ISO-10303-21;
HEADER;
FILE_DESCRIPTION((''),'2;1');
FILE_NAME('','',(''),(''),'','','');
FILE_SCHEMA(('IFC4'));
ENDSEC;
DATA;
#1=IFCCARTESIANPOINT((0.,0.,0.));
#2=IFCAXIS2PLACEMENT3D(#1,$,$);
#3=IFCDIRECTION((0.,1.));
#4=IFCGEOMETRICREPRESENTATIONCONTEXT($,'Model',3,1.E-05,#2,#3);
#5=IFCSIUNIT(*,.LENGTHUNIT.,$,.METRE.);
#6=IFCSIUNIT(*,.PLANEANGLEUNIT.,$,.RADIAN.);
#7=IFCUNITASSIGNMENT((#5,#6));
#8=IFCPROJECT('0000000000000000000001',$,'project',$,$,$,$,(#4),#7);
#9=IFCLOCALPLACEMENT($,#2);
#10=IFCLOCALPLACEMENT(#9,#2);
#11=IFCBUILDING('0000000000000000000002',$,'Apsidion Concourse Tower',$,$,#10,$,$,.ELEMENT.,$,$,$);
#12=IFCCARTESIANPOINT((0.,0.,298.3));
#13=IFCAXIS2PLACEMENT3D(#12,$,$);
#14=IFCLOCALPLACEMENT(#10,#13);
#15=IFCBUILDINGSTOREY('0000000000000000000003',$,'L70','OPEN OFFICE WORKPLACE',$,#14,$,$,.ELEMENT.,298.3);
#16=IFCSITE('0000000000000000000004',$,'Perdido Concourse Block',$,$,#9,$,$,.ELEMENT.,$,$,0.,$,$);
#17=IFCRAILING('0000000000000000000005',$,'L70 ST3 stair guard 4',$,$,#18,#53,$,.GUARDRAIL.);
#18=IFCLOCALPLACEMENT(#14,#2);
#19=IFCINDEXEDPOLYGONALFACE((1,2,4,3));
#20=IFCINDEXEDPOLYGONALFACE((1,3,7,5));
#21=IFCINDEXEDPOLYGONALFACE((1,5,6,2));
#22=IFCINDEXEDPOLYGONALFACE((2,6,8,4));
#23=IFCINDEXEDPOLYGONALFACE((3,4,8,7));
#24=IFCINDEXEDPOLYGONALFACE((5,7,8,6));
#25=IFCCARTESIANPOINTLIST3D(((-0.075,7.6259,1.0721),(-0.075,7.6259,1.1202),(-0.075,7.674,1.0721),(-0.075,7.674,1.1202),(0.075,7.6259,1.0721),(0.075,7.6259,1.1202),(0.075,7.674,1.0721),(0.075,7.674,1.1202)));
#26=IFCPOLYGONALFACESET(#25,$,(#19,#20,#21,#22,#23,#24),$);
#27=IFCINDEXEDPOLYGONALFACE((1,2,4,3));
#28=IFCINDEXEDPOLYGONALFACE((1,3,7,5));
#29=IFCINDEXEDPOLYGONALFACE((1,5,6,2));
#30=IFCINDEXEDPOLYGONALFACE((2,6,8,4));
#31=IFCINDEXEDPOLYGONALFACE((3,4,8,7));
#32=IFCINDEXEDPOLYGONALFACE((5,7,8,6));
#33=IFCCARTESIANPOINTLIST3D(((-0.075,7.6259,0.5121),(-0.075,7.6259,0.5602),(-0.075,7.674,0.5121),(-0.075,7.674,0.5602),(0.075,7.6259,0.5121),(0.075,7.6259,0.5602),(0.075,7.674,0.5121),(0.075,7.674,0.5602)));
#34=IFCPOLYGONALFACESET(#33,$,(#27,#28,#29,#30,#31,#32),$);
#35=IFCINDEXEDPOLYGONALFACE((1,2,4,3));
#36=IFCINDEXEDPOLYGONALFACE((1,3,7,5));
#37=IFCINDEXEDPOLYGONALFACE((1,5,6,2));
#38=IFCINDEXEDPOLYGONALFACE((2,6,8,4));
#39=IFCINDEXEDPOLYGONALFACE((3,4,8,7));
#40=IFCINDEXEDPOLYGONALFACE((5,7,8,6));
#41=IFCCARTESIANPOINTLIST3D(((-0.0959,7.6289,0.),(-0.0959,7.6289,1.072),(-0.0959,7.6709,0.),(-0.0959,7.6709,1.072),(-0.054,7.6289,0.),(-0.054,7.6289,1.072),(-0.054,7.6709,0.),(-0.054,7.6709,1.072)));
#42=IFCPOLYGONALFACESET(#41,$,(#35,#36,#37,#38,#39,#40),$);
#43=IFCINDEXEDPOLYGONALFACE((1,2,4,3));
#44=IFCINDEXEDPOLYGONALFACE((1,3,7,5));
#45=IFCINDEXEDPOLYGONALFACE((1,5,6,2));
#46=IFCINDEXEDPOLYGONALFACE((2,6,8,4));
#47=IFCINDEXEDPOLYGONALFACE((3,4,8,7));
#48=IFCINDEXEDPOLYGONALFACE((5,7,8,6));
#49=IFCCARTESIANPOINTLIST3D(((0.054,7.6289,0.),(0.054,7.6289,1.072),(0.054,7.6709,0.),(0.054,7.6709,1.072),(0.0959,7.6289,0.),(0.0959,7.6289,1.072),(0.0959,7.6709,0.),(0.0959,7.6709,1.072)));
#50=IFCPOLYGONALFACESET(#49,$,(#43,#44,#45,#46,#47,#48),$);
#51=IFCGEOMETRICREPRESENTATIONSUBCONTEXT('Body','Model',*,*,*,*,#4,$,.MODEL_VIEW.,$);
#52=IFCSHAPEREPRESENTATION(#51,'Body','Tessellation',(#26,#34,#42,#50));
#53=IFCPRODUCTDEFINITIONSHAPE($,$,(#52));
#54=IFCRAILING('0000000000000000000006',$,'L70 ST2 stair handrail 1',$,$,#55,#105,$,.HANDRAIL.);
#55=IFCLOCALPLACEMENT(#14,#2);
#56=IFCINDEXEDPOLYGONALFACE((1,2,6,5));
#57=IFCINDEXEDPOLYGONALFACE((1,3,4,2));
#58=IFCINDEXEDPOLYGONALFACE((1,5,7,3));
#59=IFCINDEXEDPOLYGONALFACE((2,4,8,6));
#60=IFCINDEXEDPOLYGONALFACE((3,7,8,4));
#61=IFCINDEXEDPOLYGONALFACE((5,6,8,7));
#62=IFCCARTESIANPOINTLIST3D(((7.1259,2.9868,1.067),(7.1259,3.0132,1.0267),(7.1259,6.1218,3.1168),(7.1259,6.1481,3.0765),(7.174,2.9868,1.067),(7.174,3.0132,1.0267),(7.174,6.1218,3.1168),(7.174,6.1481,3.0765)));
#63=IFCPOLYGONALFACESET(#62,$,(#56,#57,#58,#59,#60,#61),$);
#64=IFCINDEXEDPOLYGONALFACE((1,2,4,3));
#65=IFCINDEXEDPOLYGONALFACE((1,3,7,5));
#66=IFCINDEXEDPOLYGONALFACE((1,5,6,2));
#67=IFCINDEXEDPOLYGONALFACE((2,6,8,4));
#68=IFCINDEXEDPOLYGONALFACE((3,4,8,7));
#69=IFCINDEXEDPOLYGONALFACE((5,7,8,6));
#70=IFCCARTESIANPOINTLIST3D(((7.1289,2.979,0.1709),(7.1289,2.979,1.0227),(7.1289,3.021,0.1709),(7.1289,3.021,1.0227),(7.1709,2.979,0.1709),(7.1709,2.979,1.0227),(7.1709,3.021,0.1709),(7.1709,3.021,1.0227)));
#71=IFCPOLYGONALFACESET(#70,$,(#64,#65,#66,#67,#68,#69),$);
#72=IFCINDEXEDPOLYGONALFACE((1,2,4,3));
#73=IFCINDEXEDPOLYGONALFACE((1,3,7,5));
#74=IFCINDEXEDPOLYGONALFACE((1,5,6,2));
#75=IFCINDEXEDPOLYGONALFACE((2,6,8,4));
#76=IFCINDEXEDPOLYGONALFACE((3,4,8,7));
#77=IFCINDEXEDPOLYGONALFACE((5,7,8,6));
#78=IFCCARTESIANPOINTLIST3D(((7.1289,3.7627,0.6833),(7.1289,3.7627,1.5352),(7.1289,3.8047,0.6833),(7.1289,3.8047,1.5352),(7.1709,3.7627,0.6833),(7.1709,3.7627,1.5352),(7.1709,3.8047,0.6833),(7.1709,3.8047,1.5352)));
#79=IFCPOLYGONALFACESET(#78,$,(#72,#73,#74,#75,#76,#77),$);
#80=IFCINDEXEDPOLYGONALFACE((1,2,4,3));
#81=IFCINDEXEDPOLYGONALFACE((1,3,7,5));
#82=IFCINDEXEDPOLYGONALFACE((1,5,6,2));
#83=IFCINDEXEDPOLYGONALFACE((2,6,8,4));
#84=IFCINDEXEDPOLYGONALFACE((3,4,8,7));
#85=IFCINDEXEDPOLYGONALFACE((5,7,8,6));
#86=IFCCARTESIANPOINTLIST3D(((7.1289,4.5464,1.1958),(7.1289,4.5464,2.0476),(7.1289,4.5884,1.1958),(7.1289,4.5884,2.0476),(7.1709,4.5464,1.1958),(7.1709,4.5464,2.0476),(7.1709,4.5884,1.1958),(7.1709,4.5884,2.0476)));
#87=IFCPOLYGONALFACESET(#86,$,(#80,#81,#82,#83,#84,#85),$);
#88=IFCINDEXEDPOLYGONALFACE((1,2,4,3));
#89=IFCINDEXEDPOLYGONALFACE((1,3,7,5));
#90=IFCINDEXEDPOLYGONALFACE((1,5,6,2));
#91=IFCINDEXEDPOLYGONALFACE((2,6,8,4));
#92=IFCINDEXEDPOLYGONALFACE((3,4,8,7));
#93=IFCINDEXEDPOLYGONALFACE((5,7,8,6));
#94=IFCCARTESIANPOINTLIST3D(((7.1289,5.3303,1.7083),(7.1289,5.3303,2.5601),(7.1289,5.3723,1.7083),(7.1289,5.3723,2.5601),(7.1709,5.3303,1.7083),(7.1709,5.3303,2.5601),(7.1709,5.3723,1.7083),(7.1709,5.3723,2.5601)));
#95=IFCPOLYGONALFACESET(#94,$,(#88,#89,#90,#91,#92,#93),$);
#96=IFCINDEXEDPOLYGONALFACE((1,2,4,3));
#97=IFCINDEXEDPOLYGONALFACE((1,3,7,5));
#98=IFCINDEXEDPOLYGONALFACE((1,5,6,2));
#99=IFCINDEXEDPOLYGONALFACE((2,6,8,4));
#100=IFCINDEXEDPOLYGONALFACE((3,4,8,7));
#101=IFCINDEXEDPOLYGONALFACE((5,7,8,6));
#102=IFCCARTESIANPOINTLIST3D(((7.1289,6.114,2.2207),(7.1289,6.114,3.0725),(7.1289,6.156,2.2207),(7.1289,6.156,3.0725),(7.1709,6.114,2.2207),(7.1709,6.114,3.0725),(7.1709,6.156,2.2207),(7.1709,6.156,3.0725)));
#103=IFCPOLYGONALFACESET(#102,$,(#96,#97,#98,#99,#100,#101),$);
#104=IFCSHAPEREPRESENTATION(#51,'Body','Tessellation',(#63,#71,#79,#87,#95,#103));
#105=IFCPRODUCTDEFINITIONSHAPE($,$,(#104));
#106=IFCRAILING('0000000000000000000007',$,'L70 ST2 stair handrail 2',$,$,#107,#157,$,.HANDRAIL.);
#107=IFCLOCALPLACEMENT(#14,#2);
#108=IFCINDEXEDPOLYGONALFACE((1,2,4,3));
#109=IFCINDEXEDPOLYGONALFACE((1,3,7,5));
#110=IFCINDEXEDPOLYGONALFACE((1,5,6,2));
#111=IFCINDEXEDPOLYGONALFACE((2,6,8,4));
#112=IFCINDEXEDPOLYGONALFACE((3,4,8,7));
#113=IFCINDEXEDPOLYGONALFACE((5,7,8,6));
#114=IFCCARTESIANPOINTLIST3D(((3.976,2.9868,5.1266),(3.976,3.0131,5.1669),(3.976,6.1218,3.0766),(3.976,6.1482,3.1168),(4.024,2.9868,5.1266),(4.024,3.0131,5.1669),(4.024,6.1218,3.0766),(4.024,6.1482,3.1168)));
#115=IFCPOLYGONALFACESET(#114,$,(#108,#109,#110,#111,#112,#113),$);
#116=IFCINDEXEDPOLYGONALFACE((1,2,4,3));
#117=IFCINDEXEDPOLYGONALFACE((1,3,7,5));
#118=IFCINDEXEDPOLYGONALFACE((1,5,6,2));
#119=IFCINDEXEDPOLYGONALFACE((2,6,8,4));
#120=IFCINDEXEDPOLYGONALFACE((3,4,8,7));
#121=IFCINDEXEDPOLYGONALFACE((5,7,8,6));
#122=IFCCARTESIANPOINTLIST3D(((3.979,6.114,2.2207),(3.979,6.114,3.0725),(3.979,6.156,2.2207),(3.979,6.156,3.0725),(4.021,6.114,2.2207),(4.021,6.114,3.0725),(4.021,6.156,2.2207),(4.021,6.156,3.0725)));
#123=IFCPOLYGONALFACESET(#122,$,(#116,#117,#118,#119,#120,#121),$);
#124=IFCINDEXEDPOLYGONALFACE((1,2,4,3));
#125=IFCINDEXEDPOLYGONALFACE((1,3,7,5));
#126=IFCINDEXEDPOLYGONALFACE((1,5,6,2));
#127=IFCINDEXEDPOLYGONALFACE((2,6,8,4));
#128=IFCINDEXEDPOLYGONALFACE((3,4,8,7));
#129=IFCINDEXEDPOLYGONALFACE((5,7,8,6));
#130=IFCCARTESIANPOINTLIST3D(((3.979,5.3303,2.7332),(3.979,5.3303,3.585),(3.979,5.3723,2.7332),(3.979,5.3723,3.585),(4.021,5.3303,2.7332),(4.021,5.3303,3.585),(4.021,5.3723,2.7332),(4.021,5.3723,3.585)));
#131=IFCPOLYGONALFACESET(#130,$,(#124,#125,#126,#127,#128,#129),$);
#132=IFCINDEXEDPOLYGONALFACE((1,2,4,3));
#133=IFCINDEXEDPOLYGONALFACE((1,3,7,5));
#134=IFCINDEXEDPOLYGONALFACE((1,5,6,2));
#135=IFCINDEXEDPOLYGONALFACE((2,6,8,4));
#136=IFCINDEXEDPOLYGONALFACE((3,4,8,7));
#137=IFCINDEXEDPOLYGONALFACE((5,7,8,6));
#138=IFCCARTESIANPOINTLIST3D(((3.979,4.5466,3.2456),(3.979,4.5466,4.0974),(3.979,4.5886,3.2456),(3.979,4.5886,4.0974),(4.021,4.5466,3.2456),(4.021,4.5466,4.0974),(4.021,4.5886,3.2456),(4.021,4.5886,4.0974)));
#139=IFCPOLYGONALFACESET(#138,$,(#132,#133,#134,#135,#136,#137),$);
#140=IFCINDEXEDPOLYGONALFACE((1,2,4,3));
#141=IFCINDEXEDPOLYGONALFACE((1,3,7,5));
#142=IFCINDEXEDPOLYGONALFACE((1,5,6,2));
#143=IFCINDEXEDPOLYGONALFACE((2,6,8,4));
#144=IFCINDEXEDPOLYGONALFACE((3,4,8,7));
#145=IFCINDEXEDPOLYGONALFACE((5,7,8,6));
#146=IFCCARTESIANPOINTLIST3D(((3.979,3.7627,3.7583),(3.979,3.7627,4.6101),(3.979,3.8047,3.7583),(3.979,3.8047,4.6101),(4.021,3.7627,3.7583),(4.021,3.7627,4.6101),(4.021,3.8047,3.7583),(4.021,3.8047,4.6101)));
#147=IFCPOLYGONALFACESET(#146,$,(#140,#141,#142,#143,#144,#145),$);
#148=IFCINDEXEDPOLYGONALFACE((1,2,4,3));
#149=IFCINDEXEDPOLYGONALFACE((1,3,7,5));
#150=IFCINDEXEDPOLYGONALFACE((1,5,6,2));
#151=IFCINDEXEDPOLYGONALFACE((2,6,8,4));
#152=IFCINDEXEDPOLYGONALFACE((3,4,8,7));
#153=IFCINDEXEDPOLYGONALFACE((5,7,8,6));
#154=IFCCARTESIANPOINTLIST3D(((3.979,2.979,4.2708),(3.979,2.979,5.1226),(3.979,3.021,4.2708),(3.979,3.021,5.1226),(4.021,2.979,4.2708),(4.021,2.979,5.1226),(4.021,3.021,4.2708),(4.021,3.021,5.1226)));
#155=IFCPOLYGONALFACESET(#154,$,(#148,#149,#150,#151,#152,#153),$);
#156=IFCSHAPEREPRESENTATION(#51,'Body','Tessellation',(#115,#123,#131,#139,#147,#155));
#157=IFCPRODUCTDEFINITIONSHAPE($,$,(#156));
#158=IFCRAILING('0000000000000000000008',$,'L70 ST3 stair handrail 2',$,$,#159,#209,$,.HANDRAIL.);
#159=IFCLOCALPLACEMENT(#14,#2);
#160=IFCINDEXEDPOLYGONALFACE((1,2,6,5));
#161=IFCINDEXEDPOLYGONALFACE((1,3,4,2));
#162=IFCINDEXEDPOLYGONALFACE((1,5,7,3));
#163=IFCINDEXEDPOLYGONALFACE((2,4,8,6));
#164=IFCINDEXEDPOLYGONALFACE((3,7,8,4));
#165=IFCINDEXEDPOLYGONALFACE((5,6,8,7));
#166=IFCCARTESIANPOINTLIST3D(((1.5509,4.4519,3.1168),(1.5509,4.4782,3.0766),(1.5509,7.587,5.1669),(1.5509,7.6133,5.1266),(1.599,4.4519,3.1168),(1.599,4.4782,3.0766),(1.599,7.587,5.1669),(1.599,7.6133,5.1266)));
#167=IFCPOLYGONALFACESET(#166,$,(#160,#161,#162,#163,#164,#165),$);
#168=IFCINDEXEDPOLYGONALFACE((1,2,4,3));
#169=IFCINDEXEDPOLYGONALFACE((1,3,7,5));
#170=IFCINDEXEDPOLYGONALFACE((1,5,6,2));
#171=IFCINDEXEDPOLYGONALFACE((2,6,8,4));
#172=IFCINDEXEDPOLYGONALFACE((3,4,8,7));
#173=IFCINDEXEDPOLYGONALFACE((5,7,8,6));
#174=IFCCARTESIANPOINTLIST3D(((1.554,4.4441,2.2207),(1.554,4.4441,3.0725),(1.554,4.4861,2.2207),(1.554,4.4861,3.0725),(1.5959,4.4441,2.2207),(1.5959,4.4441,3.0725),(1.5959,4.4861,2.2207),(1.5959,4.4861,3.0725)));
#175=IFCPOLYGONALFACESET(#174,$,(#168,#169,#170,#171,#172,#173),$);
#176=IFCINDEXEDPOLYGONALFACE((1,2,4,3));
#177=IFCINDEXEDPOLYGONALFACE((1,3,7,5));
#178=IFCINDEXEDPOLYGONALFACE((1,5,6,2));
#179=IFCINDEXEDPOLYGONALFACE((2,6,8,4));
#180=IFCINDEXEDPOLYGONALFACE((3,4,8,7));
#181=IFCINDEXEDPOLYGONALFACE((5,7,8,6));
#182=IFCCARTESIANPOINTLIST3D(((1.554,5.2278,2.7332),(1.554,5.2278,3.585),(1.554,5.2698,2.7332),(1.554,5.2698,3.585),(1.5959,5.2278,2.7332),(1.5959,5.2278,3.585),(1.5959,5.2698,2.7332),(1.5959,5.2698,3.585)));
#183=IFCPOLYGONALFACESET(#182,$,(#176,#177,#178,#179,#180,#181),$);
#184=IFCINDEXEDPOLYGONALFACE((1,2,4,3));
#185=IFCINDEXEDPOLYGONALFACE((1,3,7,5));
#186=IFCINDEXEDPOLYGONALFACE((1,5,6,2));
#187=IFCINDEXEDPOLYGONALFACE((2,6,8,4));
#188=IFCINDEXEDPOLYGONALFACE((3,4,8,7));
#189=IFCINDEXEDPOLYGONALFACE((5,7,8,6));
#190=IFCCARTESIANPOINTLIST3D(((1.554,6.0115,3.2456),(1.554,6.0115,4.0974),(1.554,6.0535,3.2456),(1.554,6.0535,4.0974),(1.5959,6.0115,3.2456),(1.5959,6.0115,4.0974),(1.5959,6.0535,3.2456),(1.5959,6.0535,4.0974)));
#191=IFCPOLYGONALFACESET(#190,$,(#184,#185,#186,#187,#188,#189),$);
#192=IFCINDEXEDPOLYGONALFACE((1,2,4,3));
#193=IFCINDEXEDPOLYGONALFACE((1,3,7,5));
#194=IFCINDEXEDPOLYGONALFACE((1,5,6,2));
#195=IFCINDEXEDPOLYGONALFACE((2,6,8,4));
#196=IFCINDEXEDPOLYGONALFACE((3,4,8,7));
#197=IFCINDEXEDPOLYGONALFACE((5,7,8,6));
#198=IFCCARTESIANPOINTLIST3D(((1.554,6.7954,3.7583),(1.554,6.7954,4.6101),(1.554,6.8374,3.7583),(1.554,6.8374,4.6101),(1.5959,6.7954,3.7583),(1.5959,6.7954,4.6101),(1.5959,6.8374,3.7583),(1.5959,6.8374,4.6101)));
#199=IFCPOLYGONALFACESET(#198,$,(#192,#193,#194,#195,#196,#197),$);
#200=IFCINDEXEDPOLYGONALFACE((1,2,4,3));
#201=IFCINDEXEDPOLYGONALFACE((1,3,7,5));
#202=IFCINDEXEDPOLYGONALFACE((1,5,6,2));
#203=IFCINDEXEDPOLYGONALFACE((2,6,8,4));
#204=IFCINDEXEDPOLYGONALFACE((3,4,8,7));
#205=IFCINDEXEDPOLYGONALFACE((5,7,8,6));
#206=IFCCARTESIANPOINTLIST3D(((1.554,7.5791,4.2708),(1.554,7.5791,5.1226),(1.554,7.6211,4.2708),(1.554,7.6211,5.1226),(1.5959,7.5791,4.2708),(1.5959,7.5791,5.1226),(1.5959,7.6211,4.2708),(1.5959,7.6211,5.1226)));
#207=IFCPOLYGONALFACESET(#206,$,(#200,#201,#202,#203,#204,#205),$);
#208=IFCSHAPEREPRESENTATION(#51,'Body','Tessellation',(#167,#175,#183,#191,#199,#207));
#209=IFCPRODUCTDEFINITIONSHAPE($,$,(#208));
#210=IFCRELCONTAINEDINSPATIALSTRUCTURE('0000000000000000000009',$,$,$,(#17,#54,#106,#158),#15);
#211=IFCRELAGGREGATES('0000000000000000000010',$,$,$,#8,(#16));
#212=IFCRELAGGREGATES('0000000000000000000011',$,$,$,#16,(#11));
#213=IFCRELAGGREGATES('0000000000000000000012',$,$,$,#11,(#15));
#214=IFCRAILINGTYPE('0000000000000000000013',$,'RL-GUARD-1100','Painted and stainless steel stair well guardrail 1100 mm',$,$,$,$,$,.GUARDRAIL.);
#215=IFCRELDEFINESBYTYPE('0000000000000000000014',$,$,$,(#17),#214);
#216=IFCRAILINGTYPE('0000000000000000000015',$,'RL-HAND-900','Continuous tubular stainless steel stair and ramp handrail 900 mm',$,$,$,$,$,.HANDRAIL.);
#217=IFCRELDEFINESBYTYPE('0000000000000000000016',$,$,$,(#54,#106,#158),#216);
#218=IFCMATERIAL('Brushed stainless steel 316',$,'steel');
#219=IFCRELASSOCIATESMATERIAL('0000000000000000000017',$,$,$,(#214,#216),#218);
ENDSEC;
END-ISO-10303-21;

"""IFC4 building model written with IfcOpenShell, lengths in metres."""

from ifc_helpers import new_model, si_unit, direction, frame, origin, origin_2d, place, context, subcontext, project, spatial, rectangle, extrude, material, type_object, element, save


model = new_model("IFC4")

# Units and contexts
model_context = context("Model", 3, precision=1e-05, world=origin(), true_north=direction((0.0, 1.0)))
body_context = subcontext(model_context, "Body", "Model", "MODEL_VIEW")
ifc_project = project(units=[si_unit("LENGTHUNIT", "METRE"), si_unit("PLANEANGLEUNIT", "RADIAN")], contexts=[model_context])

# Site, building, storey
site_placement = place(None, origin())
site = spatial("IfcSite", under=ifc_project, at=site_placement, Name="Perdido Concourse Block", CompositionType="ELEMENT", RefElevation=0.0)
building_placement = place(site_placement, origin())
building = spatial("IfcBuilding", under=site, at=building_placement, Name="Apsidion Concourse Tower", CompositionType="ELEMENT")
storey_placement = place(building_placement, frame((0.0, 0.0, 298.3)))
storey = spatial("IfcBuildingStorey", under=building, at=storey_placement, Name="L70", Description="OPEN OFFICE WORKPLACE", CompositionType="ELEMENT", Elevation=298.3)

# Railings
ifc_material_1 = material(Name="Brushed stainless steel 316", Category="steel")
railing_type_1 = type_object("IfcRailingType", Name="RL-GUARD-1100", Description="Painted and stainless steel stair well guardrail 1100 mm", PredefinedType="GUARDRAIL", material=ifc_material_1)
railing_1_placement = place(storey_placement, frame((-0.075, 7.6499, 0.0)))
element("IfcRailing", 1, at=railing_1_placement, inside=storey, type_object=railing_type_1, Name="L70 ST3 stair guard 4", PredefinedType="GUARDRAIL", context=body_context, shape_type="SweptSolid", body=[
    extrude(rectangle(XDim=0.0481, YDim=0.0481, at=origin_2d()), frame((0.0, 0.0, 1.0962), z_axis=(1.0, 0.0, 0.0), x_axis=(0.0, 1.0, 0.0)), (0.0, 0.0, 1.0), 0.1499),
    extrude(rectangle(XDim=0.0481, YDim=0.0481, at=origin_2d()), frame((0.0, 0.0, 0.5361), z_axis=(1.0, 0.0, 0.0), x_axis=(0.0, 1.0, 0.0)), (0.0, 0.0, 1.0), 0.1499),
    extrude(rectangle(XDim=0.042, YDim=0.042, at=origin_2d()), origin(), (0.0, 0.0, 1.0), 1.072),
    extrude(rectangle(XDim=0.042, YDim=0.042, at=origin_2d()), frame((0.1499, 0.0, 0.0)), (0.0, 0.0, 1.0), 1.072),
])
railing_type_2 = type_object("IfcRailingType", Name="RL-HAND-900", Description="Continuous tubular stainless steel stair and ramp handrail 900 mm", PredefinedType="HANDRAIL", material=ifc_material_1)
railing_2_placement = place(storey_placement, frame((7.1499, 3.0, 0.1709)))
element("IfcRailing", 2, at=railing_2_placement, inside=storey, type_object=railing_type_2, Name="L70 ST2 stair handrail 1", PredefinedType="HANDRAIL", context=body_context, shape_type="SweptSolid", body=[
    extrude(rectangle(XDim=0.0481, YDim=0.0481, at=origin_2d()), frame((0.0, 0.0, 0.876), z_axis=(0.0, 0.836971, 0.547248), x_axis=(-1.0, 0.0, 0.0)), (0.0, 0.0, 1.0), 3.7456),
    extrude(rectangle(XDim=0.042, YDim=0.042, at=origin_2d()), origin(), (0.0, 0.0, 1.0), 0.8518),
    extrude(rectangle(XDim=0.042, YDim=0.042, at=origin_2d()), frame((0.0, 0.7837, 0.5125)), (0.0, 0.0, 1.0), 0.8518),
    extrude(rectangle(XDim=0.042, YDim=0.042, at=origin_2d()), frame((0.0, 1.5674, 1.0249)), (0.0, 0.0, 1.0), 0.8518),
    extrude(rectangle(XDim=0.042, YDim=0.042, at=origin_2d()), frame((0.0, 2.3513, 1.5374)), (0.0, 0.0, 1.0), 0.8518),
    extrude(rectangle(XDim=0.042, YDim=0.042, at=origin_2d()), frame((0.0, 3.135, 2.0498)), (0.0, 0.0, 1.0), 0.8518),
])
railing_3_placement = place(storey_placement, frame((4.0, 6.135, 2.2207)))
element("IfcRailing", 3, at=railing_3_placement, inside=storey, type_object=railing_type_2, Name="L70 ST2 stair handrail 2", PredefinedType="HANDRAIL", context=body_context, shape_type="SweptSolid", body=[
    extrude(rectangle(XDim=0.0481, YDim=0.0481, at=origin_2d()), frame((0.0, 0.0, 0.876), z_axis=(0.0, -0.836941, 0.547293), x_axis=(1.0, 0.0, 0.0)), (0.0, 0.0, 1.0), 3.7458),
    extrude(rectangle(XDim=0.042, YDim=0.042, at=origin_2d()), origin(), (0.0, 0.0, 1.0), 0.8518),
    extrude(rectangle(XDim=0.042, YDim=0.042, at=origin_2d()), frame((0.0, -0.7837, 0.5125)), (0.0, 0.0, 1.0), 0.8518),
    extrude(rectangle(XDim=0.042, YDim=0.042, at=origin_2d()), frame((0.0, -1.5674, 1.0249)), (0.0, 0.0, 1.0), 0.8518),
    extrude(rectangle(XDim=0.042, YDim=0.042, at=origin_2d()), frame((0.0, -2.3513, 1.5376)), (0.0, 0.0, 1.0), 0.8518),
    extrude(rectangle(XDim=0.042, YDim=0.042, at=origin_2d()), frame((0.0, -3.135, 2.05)), (0.0, 0.0, 1.0), 0.8518),
])
railing_4_placement = place(storey_placement, frame((1.575, 4.4651, 2.2207)))
element("IfcRailing", 4, at=railing_4_placement, inside=storey, type_object=railing_type_2, Name="L70 ST3 stair handrail 2", PredefinedType="HANDRAIL", context=body_context, shape_type="SweptSolid", body=[
    extrude(rectangle(XDim=0.0481, YDim=0.0481, at=origin_2d()), frame((0.0, 0.0, 0.876), z_axis=(0.0, 0.836941, 0.547293), x_axis=(-1.0, 0.0, 0.0)), (0.0, 0.0, 1.0), 3.7458),
    extrude(rectangle(XDim=0.042, YDim=0.042, at=origin_2d()), origin(), (0.0, 0.0, 1.0), 0.8518),
    extrude(rectangle(XDim=0.042, YDim=0.042, at=origin_2d()), frame((0.0, 0.7837, 0.5125)), (0.0, 0.0, 1.0), 0.8518),
    extrude(rectangle(XDim=0.042, YDim=0.042, at=origin_2d()), frame((0.0, 1.5674, 1.0249)), (0.0, 0.0, 1.0), 0.8518),
    extrude(rectangle(XDim=0.042, YDim=0.042, at=origin_2d()), frame((0.0, 2.3513, 1.5376)), (0.0, 0.0, 1.0), 0.8518),
    extrude(rectangle(XDim=0.042, YDim=0.042, at=origin_2d()), frame((0.0, 3.135, 2.05)), (0.0, 0.0, 1.0), 0.8518),
])

save(model, "model.ifc")
